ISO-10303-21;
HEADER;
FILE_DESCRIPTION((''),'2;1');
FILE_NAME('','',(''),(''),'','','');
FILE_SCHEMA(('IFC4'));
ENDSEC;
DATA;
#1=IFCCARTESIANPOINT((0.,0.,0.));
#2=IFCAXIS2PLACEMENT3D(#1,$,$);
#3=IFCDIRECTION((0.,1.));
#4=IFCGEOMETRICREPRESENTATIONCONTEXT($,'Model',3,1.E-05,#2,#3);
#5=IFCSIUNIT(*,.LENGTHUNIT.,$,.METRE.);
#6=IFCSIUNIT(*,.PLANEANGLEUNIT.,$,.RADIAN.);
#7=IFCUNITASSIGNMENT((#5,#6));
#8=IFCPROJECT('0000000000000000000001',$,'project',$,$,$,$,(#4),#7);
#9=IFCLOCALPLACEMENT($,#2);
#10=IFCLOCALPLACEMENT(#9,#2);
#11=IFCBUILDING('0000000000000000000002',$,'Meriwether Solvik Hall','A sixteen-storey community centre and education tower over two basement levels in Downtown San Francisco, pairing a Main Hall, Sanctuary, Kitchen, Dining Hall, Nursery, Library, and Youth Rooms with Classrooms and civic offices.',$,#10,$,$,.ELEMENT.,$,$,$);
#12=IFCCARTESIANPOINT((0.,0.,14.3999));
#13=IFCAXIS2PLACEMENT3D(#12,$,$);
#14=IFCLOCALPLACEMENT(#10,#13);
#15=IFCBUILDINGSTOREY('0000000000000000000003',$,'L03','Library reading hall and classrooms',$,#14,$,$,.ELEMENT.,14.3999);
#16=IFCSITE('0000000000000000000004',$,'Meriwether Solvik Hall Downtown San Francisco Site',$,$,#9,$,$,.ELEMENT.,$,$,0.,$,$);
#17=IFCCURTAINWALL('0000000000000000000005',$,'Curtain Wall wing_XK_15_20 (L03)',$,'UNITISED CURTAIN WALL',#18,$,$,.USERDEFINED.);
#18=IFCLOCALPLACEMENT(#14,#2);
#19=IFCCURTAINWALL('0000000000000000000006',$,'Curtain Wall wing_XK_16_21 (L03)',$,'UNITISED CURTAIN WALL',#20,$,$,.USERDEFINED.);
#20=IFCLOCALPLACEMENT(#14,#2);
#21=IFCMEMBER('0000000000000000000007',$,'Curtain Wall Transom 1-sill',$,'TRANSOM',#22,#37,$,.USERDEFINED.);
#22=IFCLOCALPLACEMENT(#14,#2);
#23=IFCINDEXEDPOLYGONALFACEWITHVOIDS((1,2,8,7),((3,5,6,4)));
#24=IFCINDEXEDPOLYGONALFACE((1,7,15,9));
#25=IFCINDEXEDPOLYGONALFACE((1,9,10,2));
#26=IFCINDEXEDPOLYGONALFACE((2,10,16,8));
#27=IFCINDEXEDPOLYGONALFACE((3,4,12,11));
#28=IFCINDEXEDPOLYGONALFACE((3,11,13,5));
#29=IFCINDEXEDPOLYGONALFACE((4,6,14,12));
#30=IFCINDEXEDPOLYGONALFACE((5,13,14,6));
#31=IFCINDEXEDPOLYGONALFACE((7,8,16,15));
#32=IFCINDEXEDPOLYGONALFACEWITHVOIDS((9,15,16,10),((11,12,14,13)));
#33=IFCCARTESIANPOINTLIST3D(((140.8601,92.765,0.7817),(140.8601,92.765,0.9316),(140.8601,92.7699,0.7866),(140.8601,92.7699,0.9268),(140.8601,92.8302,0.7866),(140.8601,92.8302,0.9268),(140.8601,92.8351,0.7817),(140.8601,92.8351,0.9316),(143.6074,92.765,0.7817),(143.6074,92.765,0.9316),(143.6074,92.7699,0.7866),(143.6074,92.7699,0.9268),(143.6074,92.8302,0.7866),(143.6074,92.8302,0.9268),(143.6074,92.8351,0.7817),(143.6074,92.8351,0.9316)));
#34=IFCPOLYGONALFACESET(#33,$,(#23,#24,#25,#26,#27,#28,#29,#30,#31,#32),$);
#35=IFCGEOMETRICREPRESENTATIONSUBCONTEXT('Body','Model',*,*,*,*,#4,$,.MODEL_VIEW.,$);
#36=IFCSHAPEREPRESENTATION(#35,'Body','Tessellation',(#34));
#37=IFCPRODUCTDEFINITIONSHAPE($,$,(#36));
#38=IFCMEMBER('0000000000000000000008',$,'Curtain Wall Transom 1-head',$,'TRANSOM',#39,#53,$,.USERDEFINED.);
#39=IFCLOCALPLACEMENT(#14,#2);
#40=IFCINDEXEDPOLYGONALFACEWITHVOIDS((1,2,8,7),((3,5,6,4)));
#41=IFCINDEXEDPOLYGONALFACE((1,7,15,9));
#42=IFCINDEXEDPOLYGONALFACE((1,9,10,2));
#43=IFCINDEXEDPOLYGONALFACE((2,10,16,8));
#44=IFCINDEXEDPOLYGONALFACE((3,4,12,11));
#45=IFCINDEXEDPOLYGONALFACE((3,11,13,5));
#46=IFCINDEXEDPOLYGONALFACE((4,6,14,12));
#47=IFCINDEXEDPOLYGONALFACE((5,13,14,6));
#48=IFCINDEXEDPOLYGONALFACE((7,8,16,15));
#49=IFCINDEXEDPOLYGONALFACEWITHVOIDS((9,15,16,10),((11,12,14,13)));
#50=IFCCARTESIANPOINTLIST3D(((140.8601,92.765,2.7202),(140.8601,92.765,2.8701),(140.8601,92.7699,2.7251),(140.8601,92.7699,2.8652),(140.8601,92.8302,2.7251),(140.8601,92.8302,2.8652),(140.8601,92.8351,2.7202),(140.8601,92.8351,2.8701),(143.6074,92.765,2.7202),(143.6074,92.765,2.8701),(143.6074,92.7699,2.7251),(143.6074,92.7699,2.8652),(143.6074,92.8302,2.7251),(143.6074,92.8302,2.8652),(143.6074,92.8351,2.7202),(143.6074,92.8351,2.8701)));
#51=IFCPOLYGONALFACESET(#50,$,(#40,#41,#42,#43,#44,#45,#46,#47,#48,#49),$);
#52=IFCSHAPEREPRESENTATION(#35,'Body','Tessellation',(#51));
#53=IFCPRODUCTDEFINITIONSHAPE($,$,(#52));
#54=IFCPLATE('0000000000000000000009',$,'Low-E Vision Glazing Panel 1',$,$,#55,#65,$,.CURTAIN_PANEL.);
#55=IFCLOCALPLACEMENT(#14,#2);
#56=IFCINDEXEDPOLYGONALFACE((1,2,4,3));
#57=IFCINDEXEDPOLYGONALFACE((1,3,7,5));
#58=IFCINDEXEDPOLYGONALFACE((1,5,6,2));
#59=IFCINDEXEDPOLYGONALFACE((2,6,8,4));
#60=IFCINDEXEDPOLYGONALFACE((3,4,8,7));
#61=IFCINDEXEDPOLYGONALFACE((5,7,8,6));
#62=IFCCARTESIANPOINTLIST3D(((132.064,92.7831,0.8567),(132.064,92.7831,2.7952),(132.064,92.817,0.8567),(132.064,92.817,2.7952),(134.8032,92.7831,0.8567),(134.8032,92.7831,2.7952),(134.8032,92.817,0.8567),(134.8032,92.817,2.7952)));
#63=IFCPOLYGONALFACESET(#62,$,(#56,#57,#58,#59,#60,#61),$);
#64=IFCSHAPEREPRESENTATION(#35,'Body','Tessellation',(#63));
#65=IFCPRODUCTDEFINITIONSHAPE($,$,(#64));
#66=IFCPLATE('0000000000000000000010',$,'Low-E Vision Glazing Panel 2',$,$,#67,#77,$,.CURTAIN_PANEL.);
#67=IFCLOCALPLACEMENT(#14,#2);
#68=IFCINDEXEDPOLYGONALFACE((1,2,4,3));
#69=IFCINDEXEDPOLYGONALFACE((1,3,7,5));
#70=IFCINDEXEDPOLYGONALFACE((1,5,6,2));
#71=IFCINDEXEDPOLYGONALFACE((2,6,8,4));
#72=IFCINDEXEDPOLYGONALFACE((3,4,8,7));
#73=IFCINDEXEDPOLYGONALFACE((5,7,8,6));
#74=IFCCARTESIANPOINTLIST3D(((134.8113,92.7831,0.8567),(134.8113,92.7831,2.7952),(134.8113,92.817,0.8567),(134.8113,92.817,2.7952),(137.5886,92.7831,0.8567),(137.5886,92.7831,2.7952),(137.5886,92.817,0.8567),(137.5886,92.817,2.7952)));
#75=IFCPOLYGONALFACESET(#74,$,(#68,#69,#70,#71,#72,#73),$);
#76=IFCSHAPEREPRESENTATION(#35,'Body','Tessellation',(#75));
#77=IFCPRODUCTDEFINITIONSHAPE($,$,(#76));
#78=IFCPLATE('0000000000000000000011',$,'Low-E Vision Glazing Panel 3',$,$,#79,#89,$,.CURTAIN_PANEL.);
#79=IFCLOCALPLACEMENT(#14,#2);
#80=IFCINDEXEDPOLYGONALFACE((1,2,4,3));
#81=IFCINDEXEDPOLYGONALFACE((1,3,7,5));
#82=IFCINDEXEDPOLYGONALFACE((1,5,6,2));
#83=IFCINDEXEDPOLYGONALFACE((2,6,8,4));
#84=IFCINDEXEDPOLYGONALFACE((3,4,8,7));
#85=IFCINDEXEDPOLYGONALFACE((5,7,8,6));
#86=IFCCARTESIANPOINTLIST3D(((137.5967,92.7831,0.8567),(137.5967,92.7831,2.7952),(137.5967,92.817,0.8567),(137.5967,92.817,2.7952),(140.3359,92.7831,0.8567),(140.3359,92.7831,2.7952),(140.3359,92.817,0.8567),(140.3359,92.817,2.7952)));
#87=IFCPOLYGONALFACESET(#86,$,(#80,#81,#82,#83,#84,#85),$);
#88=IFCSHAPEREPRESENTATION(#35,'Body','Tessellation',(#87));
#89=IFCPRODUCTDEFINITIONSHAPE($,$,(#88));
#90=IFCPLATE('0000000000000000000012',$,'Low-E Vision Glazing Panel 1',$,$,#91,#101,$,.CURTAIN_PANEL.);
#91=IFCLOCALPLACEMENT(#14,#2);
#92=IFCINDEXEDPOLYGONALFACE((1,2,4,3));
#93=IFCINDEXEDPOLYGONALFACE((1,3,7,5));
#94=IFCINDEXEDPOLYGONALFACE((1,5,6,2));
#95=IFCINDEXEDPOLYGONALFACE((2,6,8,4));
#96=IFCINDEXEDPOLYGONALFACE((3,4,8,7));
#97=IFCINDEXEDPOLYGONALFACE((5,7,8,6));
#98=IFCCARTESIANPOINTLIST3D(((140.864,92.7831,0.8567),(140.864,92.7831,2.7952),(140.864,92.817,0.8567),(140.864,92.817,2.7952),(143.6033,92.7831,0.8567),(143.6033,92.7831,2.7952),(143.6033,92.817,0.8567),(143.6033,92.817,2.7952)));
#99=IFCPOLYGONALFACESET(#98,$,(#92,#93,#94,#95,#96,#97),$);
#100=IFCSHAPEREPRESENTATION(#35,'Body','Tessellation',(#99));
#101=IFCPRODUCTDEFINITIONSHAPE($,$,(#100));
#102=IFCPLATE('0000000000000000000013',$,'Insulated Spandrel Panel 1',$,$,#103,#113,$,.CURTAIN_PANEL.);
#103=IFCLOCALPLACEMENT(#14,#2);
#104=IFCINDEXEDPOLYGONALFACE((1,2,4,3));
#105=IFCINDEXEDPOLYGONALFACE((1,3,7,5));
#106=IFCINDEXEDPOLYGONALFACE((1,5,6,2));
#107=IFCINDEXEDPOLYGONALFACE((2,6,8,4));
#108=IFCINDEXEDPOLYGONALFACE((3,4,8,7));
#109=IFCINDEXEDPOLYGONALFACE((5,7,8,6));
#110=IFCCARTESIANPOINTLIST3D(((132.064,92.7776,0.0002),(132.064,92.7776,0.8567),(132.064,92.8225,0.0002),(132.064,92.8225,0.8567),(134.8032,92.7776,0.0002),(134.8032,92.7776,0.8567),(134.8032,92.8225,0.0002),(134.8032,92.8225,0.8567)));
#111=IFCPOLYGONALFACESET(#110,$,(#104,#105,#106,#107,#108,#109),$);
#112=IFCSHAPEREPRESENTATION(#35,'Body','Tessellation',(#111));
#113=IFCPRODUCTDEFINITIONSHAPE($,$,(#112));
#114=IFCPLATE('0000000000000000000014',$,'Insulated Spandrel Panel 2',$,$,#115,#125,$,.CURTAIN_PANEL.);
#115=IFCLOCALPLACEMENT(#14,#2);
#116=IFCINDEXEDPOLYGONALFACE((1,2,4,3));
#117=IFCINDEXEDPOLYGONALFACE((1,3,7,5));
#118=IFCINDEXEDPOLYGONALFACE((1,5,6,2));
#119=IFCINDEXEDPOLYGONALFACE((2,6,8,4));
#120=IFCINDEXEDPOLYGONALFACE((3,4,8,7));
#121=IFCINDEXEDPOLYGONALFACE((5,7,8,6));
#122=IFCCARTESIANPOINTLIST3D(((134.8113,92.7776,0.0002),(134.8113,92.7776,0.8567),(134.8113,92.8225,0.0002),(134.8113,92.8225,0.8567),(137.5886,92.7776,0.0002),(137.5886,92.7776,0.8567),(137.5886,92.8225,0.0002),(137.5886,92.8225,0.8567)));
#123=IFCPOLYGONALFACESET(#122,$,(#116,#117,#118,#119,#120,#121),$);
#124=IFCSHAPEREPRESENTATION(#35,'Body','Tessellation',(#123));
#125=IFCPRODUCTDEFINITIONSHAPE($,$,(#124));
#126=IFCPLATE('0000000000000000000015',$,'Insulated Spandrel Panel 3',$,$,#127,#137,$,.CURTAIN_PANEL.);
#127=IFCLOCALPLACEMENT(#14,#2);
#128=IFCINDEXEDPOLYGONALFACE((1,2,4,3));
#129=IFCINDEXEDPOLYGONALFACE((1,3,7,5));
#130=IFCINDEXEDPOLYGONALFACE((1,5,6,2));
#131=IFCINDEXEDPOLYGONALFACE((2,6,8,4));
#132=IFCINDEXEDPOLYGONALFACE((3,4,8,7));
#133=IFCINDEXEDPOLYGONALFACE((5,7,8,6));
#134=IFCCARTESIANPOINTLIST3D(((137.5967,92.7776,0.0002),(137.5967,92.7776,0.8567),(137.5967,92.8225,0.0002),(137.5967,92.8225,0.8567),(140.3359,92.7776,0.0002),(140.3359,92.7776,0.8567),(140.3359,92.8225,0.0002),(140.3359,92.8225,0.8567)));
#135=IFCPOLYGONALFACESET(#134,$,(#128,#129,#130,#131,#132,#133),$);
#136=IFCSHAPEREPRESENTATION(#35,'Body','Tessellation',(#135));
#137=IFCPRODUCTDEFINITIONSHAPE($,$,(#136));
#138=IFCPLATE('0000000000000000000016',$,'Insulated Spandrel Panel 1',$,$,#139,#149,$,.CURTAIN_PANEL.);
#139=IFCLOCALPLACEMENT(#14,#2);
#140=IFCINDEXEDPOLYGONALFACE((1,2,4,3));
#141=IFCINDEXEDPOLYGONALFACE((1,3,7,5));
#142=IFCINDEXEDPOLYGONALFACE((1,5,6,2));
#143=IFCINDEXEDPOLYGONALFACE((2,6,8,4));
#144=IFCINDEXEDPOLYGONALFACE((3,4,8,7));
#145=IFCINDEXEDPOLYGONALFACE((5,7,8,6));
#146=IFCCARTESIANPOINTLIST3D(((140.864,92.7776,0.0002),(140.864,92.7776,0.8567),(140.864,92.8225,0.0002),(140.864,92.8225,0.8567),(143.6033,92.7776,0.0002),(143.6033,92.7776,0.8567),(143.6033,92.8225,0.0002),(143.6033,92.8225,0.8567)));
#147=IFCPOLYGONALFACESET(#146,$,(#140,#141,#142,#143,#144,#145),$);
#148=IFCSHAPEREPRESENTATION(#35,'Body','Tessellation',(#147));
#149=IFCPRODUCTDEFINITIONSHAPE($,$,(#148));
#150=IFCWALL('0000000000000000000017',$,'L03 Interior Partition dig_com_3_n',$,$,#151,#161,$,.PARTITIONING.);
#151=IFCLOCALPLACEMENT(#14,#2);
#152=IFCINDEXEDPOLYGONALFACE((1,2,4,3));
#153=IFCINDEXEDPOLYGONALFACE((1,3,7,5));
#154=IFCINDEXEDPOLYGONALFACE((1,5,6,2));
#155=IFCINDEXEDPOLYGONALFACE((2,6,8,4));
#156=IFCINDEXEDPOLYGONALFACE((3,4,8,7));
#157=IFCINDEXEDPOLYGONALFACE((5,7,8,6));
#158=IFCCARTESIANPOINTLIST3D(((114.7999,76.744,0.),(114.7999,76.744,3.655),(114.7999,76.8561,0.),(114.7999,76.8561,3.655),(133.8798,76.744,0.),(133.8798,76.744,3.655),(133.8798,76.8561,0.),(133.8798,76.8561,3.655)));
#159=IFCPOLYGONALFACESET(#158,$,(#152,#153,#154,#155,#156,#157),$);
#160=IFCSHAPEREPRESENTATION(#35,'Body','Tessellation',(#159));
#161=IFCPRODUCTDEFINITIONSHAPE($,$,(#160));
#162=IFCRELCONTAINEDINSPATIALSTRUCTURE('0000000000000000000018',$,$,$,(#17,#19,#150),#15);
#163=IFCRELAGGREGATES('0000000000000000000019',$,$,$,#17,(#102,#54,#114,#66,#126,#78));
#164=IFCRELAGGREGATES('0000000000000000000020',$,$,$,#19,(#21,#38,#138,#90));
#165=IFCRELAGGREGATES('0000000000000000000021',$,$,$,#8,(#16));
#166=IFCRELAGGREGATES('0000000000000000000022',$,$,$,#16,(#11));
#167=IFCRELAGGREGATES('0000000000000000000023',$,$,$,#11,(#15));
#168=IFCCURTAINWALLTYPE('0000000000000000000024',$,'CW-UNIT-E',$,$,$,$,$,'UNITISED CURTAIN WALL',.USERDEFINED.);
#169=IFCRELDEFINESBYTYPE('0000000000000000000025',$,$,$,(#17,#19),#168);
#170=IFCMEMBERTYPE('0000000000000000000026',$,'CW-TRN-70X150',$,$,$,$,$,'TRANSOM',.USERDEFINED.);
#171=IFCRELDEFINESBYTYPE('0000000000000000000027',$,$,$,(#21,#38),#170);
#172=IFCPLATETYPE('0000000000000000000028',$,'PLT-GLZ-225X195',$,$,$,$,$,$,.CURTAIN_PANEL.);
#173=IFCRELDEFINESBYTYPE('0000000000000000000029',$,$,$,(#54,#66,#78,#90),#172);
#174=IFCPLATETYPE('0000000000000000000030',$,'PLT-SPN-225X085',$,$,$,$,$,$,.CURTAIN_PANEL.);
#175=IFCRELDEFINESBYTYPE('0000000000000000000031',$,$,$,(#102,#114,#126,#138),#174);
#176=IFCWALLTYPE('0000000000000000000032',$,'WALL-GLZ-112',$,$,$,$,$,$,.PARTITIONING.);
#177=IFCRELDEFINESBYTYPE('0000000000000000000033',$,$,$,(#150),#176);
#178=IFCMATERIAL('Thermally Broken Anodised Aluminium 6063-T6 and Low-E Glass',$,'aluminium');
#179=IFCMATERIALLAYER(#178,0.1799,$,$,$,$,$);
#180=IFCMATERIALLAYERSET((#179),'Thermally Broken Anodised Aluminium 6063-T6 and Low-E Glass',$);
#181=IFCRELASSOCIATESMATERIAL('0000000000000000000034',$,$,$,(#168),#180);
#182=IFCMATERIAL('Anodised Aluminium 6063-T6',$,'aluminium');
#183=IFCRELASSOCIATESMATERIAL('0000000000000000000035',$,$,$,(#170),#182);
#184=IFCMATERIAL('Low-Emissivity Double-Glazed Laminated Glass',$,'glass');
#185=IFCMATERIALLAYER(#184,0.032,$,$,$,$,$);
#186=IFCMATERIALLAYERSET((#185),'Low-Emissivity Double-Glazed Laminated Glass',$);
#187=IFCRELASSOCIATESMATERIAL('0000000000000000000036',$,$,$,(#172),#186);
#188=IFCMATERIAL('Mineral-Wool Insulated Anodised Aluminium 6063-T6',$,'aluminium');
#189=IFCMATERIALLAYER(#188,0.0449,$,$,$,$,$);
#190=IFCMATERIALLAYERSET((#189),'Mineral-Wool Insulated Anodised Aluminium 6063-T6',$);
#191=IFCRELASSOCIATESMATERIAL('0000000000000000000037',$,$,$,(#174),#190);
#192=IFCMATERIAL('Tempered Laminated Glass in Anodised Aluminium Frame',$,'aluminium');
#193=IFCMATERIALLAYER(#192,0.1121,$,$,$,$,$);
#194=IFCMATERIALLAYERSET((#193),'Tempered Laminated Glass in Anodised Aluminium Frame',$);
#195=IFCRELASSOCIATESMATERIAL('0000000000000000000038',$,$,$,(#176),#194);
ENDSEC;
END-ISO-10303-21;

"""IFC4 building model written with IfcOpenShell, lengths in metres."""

from ifc_helpers import new_model, si_unit, direction, frame, frame_2d, origin, origin_2d, place, context, subcontext, project, spatial, rectangle, hollow_rectangle, extrude, material, layer, layer_set, material_profile, profile_set, type_object, element, aggregate, save


model = new_model("IFC4")

# Units and contexts
model_context = context("Model", 3, precision=1e-05, world=origin(), true_north=direction((0.0, 1.0)))
body_context = subcontext(model_context, "Body", "Model", "MODEL_VIEW")
ifc_project = project(units=[si_unit("LENGTHUNIT", "METRE"), si_unit("PLANEANGLEUNIT", "RADIAN")], contexts=[model_context])

# Site, building, storey
site_placement = place(None, origin())
site = spatial("IfcSite", under=ifc_project, at=site_placement, Name="Meriwether Solvik Hall Downtown San Francisco Site", CompositionType="ELEMENT", RefElevation=0.0)
building_placement = place(site_placement, origin())
building = spatial("IfcBuilding", under=site, at=building_placement, Name="Meriwether Solvik Hall", Description="A sixteen-storey community centre and education tower over two basement levels in Downtown San Francisco, pairing a Main Hall, Sanctuary, Kitchen, Dining Hall, Nursery, Library, and Youth Rooms with Classrooms and civic offices.", CompositionType="ELEMENT")
storey_placement = place(building_placement, frame((0.0, 0.0, 14.3999)))
storey = spatial("IfcBuildingStorey", under=building, at=storey_placement, Name="L03", Description="Library reading hall and classrooms", CompositionType="ELEMENT", Elevation=14.3999)

# Curtain wall
ifc_material_1 = material(Name="Thermally Broken Anodised Aluminium 6063-T6 and Low-E Glass", Category="aluminium")
ifc_layer_1 = layer(ifc_material_1, 0.1799)
ifc_layer_set_1 = layer_set([ifc_layer_1], Name="Thermally Broken Anodised Aluminium 6063-T6 and Low-E Glass")
curtain_wall_type = type_object("IfcCurtainWallType", Name="CW-UNIT-E", ElementType="UNITISED CURTAIN WALL", PredefinedType="USERDEFINED", material=ifc_layer_set_1)
curtain_wall_1_placement = place(storey_placement, origin())
curtain_wall_1 = element("IfcCurtainWall", 1, at=curtain_wall_1_placement, inside=storey, type_object=curtain_wall_type, Name="Curtain Wall wing_XK_15_20 (L03)", ObjectType="UNITISED CURTAIN WALL", PredefinedType="USERDEFINED")

# Curtain wall
curtain_wall_2_placement = place(storey_placement, origin())
curtain_wall_2 = element("IfcCurtainWall", 2, at=curtain_wall_2_placement, inside=storey, type_object=curtain_wall_type, Name="Curtain Wall wing_XK_16_21 (L03)", ObjectType="UNITISED CURTAIN WALL", PredefinedType="USERDEFINED")

# Members
ifc_material_2 = material(Name="Anodised Aluminium 6063-T6", Category="aluminium")
ifc_material_profile_1 = material_profile(ifc_material_2, hollow_rectangle(XDim=0.0701, YDim=0.1499, WallThickness=0.0049, at=origin_2d()), Name="CWT-70X150")
ifc_profile_set_1 = profile_set([ifc_material_profile_1], Name="Anodised Aluminium 6063-T6")
member_type_1 = type_object("IfcMemberType", Name="CW-TRN-70X150", ElementType="TRANSOM", PredefinedType="USERDEFINED", material=ifc_profile_set_1)
member_1_placement = place(storey_placement, frame((140.8601, 92.8, 0.8567), z_axis=(1.0, 0.0, 0.0), x_axis=(0.0, 1.0, 0.0)))
member_1 = element("IfcMember", 3, at=member_1_placement, type_object=member_type_1, Name="Curtain Wall Transom 1-sill", ObjectType="TRANSOM", PredefinedType="USERDEFINED", context=body_context, shape_type="SweptSolid", body=[
    extrude(hollow_rectangle(XDim=0.0701, YDim=0.1499, WallThickness=0.0049, at=origin_2d()), origin(), (0.0, 0.0, 1.0), 2.7473),
])
member_2_placement = place(storey_placement, frame((140.8601, 92.8, 2.7952), z_axis=(1.0, 0.0, 0.0), x_axis=(0.0, 1.0, 0.0)))
member_2 = element("IfcMember", 4, at=member_2_placement, type_object=member_type_1, Name="Curtain Wall Transom 1-head", ObjectType="TRANSOM", PredefinedType="USERDEFINED", context=body_context, shape_type="SweptSolid", body=[
    extrude(hollow_rectangle(XDim=0.0701, YDim=0.1499, WallThickness=0.0049, at=origin_2d()), origin(), (0.0, 0.0, 1.0), 2.7473),
])

# Plates
ifc_material_3 = material(Name="Low-Emissivity Double-Glazed Laminated Glass", Category="glass")
ifc_layer_2 = layer(ifc_material_3, 0.032)
ifc_layer_set_2 = layer_set([ifc_layer_2], Name="Low-Emissivity Double-Glazed Laminated Glass")
plate_type_1 = type_object("IfcPlateType", Name="PLT-GLZ-225X195", PredefinedType="CURTAIN_PANEL", material=ifc_layer_set_2)
plate_1_placement = place(storey_placement, frame((133.4336, 92.8, 0.8567), z_axis=(0.0, 0.0, 1.0), x_axis=(1.0, 0.0, 0.0)))
plate_1 = element("IfcPlate", 5, at=plate_1_placement, type_object=plate_type_1, Name="Low-E Vision Glazing Panel 1", PredefinedType="CURTAIN_PANEL", context=body_context, shape_type="SweptSolid", body=[
    extrude(rectangle(XDim=2.7393, YDim=0.0339, at=origin_2d()), origin(), (0.0, 0.0, 1.0), 1.9385),
])
plate_2_placement = place(storey_placement, frame((136.2, 92.8, 0.8567), z_axis=(0.0, 0.0, 1.0), x_axis=(1.0, 0.0, 0.0)))
plate_2 = element("IfcPlate", 6, at=plate_2_placement, type_object=plate_type_1, Name="Low-E Vision Glazing Panel 2", PredefinedType="CURTAIN_PANEL", context=body_context, shape_type="SweptSolid", body=[
    extrude(rectangle(XDim=2.7773, YDim=0.0339, at=origin_2d()), origin(), (0.0, 0.0, 1.0), 1.9385),
])
plate_3_placement = place(storey_placement, frame((138.9663, 92.8, 0.8567), z_axis=(0.0, 0.0, 1.0), x_axis=(1.0, 0.0, 0.0)))
plate_3 = element("IfcPlate", 7, at=plate_3_placement, type_object=plate_type_1, Name="Low-E Vision Glazing Panel 3", PredefinedType="CURTAIN_PANEL", context=body_context, shape_type="SweptSolid", body=[
    extrude(rectangle(XDim=2.7393, YDim=0.0339, at=origin_2d()), origin(), (0.0, 0.0, 1.0), 1.9385),
])
plate_4_placement = place(storey_placement, frame((142.2336, 92.8, 0.8567), z_axis=(0.0, 0.0, 1.0), x_axis=(1.0, 0.0, 0.0)))
plate_4 = element("IfcPlate", 8, at=plate_4_placement, type_object=plate_type_1, Name="Low-E Vision Glazing Panel 1", PredefinedType="CURTAIN_PANEL", context=body_context, shape_type="SweptSolid", body=[
    extrude(rectangle(XDim=2.7393, YDim=0.0339, at=origin_2d()), origin(), (0.0, 0.0, 1.0), 1.9385),
])
ifc_material_4 = material(Name="Mineral-Wool Insulated Anodised Aluminium 6063-T6", Category="aluminium")
ifc_layer_3 = layer(ifc_material_4, 0.0449)
ifc_layer_set_3 = layer_set([ifc_layer_3], Name="Mineral-Wool Insulated Anodised Aluminium 6063-T6")
plate_type_2 = type_object("IfcPlateType", Name="PLT-SPN-225X085", PredefinedType="CURTAIN_PANEL", material=ifc_layer_set_3)
plate_5_placement = place(storey_placement, frame((133.4336, 92.8, 0.0002), z_axis=(0.0, 0.0, 1.0), x_axis=(1.0, 0.0, 0.0)))
plate_5 = element("IfcPlate", 9, at=plate_5_placement, type_object=plate_type_2, Name="Insulated Spandrel Panel 1", PredefinedType="CURTAIN_PANEL", context=body_context, shape_type="SweptSolid", body=[
    extrude(rectangle(XDim=2.7393, YDim=0.0449, at=origin_2d()), origin(), (0.0, 0.0, 1.0), 0.8564),
])
plate_6_placement = place(storey_placement, frame((136.2, 92.8, 0.0002), z_axis=(0.0, 0.0, 1.0), x_axis=(1.0, 0.0, 0.0)))
plate_6 = element("IfcPlate", 10, at=plate_6_placement, type_object=plate_type_2, Name="Insulated Spandrel Panel 2", PredefinedType="CURTAIN_PANEL", context=body_context, shape_type="SweptSolid", body=[
    extrude(rectangle(XDim=2.7773, YDim=0.0449, at=origin_2d()), origin(), (0.0, 0.0, 1.0), 0.8564),
])
plate_7_placement = place(storey_placement, frame((138.9663, 92.8, 0.0002), z_axis=(0.0, 0.0, 1.0), x_axis=(1.0, 0.0, 0.0)))
plate_7 = element("IfcPlate", 11, at=plate_7_placement, type_object=plate_type_2, Name="Insulated Spandrel Panel 3", PredefinedType="CURTAIN_PANEL", context=body_context, shape_type="SweptSolid", body=[
    extrude(rectangle(XDim=2.7393, YDim=0.0449, at=origin_2d()), origin(), (0.0, 0.0, 1.0), 0.8564),
])
aggregate(curtain_wall_1, [plate_5, plate_1, plate_6, plate_2, plate_7, plate_3])
plate_8_placement = place(storey_placement, frame((142.2336, 92.8, 0.0002), z_axis=(0.0, 0.0, 1.0), x_axis=(1.0, 0.0, 0.0)))
plate_8 = element("IfcPlate", 12, at=plate_8_placement, type_object=plate_type_2, Name="Insulated Spandrel Panel 1", PredefinedType="CURTAIN_PANEL", context=body_context, shape_type="SweptSolid", body=[
    extrude(rectangle(XDim=2.7393, YDim=0.0449, at=origin_2d()), origin(), (0.0, 0.0, 1.0), 0.8564),
])
aggregate(curtain_wall_2, [member_1, member_2, plate_8, plate_4])

# Wall
ifc_material_5 = material(Name="Tempered Laminated Glass in Anodised Aluminium Frame", Category="aluminium")
ifc_layer_4 = layer(ifc_material_5, 0.1121)
ifc_layer_set_4 = layer_set([ifc_layer_4], Name="Tempered Laminated Glass in Anodised Aluminium Frame")
wall_type = type_object("IfcWallType", Name="WALL-GLZ-112", PredefinedType="PARTITIONING", material=ifc_layer_set_4)
wall_placement = place(storey_placement, frame((133.8799, 76.8, 0.0), z_axis=(0.0, 0.0, 1.0), x_axis=(-1.0, 0.0, 0.0)))
element("IfcWall", 13, at=wall_placement, inside=storey, type_object=wall_type, Name="L03 Interior Partition dig_com_3_n", PredefinedType="PARTITIONING", context=body_context, shape_type="SweptSolid", body=[
    extrude(rectangle(XDim=19.0798, YDim=0.1121, at=frame_2d((9.54, 0.0))), origin(), (0.0, 0.0, 1.0), 3.655),
])

save(model, "model.ifc")
